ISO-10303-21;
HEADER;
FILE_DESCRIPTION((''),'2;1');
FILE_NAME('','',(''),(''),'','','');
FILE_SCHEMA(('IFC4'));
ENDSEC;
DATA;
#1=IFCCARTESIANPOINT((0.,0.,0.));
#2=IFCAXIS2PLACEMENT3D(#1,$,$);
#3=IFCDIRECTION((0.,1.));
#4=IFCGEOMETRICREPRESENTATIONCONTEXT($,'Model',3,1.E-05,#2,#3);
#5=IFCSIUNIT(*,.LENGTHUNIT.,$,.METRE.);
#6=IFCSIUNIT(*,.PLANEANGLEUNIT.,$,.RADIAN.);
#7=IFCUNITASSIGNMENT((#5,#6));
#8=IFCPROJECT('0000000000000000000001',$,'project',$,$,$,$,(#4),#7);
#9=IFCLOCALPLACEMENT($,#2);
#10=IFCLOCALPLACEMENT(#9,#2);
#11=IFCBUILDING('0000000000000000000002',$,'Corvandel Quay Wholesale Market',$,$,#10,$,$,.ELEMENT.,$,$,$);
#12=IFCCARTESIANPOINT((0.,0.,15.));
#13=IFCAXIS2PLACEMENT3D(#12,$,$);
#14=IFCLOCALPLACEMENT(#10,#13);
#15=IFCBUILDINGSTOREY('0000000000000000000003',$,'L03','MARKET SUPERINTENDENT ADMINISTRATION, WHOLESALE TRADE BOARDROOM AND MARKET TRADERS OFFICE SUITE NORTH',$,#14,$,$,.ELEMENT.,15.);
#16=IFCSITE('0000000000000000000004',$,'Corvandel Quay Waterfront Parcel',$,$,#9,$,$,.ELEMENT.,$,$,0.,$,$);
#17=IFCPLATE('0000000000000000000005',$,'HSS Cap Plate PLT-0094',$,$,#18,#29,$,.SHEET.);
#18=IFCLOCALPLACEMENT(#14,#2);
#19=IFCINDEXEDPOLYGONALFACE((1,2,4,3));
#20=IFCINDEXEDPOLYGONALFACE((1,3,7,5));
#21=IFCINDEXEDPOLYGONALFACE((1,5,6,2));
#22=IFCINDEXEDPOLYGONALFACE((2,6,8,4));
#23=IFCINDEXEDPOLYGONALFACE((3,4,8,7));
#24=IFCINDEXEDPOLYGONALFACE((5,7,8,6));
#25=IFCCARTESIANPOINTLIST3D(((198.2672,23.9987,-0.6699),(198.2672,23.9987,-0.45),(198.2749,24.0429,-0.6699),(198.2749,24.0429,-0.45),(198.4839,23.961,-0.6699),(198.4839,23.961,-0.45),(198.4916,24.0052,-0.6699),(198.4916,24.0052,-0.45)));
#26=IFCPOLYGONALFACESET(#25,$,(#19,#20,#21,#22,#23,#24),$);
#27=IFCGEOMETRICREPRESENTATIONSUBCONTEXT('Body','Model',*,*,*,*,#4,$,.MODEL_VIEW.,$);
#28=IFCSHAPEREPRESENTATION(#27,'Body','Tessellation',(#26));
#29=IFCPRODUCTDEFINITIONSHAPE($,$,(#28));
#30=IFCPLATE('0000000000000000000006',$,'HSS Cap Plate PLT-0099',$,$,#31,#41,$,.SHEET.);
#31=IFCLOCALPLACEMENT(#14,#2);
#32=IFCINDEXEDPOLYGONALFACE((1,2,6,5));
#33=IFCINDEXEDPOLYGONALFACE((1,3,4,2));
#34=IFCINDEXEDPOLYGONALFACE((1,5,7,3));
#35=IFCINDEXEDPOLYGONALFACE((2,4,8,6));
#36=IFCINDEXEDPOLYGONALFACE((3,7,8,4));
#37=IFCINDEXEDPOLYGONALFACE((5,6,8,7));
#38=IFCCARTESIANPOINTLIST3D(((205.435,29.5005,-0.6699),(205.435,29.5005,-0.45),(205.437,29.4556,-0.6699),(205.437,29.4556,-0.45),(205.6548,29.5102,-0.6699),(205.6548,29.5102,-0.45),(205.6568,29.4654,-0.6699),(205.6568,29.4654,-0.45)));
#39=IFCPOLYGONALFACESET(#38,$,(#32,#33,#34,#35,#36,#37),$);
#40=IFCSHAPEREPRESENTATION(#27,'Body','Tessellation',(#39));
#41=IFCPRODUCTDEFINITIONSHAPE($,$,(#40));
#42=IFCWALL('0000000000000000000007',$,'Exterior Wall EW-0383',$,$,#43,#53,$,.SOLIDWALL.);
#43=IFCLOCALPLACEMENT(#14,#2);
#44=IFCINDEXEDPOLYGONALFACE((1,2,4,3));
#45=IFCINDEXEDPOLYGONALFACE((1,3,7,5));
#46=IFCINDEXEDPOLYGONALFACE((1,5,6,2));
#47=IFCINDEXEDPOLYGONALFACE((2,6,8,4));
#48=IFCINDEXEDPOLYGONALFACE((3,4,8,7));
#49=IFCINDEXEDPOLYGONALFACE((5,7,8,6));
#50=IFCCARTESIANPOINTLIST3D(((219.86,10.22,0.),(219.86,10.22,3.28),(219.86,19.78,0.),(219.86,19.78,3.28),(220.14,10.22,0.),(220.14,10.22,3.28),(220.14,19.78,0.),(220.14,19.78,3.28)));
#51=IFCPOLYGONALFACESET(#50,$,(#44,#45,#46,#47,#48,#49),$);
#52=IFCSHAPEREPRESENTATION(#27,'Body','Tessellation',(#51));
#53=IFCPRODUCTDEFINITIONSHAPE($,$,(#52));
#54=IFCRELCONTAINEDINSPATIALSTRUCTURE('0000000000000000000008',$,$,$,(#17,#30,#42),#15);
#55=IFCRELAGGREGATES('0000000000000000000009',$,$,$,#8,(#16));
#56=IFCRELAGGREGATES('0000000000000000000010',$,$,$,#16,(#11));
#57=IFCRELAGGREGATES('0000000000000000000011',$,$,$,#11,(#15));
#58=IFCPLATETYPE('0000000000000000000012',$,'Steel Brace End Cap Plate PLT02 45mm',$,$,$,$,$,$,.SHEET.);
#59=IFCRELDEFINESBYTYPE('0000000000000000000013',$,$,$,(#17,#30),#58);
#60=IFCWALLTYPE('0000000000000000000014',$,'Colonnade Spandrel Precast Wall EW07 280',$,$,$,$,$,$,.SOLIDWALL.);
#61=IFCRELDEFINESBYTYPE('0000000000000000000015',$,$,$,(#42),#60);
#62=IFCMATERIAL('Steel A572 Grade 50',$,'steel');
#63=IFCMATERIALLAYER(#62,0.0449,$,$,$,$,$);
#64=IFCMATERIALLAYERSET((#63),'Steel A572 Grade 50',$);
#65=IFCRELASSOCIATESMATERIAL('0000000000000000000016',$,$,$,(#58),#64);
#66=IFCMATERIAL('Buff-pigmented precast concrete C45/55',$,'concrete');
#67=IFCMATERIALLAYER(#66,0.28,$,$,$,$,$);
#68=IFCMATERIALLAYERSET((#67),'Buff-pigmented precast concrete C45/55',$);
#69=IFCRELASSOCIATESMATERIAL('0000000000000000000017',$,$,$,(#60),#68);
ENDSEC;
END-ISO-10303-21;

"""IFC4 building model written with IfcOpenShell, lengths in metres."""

from ifc_helpers import new_model, si_unit, direction, frame, frame_2d, origin, origin_2d, place, context, subcontext, project, spatial, rectangle, extrude, material, layer, layer_set, type_object, element, save


model = new_model("IFC4")

# Units and contexts
model_context = context("Model", 3, precision=1e-05, world=origin(), true_north=direction((0.0, 1.0)))
body_context = subcontext(model_context, "Body", "Model", "MODEL_VIEW")
ifc_project = project(units=[si_unit("LENGTHUNIT", "METRE"), si_unit("PLANEANGLEUNIT", "RADIAN")], contexts=[model_context])

# Site, building, storey
site_placement = place(None, origin())
site = spatial("IfcSite", under=ifc_project, at=site_placement, Name="Corvandel Quay Waterfront Parcel", CompositionType="ELEMENT", RefElevation=0.0)
building_placement = place(site_placement, origin())
building = spatial("IfcBuilding", under=site, at=building_placement, Name="Corvandel Quay Wholesale Market", CompositionType="ELEMENT")
storey_placement = place(building_placement, frame((0.0, 0.0, 15.0)))
storey = spatial("IfcBuildingStorey", under=building, at=storey_placement, Name="L03", Description="MARKET SUPERINTENDENT ADMINISTRATION, WHOLESALE TRADE BOARDROOM AND MARKET TRADERS OFFICE SUITE NORTH", CompositionType="ELEMENT", Elevation=15.0)

# Plates
ifc_material_1 = material(Name="Steel A572 Grade 50", Category="steel")
ifc_layer_1 = layer(ifc_material_1, 0.0449)
ifc_layer_set_1 = layer_set([ifc_layer_1], Name="Steel A572 Grade 50")
plate_type = type_object("IfcPlateType", Name="Steel Brace End Cap Plate PLT02 45mm", PredefinedType="SHEET", material=ifc_layer_set_1)
for number, where, z_axis, x_axis, name in (
    (1, (198.3794, 24.002, -0.6699), (0.0, 0.0, 1.0), (-0.985229, 0.171241, 0.0), "HSS Cap Plate PLT-0094"),
    (2, (205.5459, 29.4829, -0.6699), (0.0, 0.0, 1.0), (0.99901, 0.044491, 0.0), "HSS Cap Plate PLT-0099"),
):
    element("IfcPlate", number, at=place(storey_placement, frame(where, z_axis=z_axis, x_axis=x_axis)), inside=storey, type_object=plate_type, Name=name, PredefinedType="SHEET", context=body_context, shape_type="SweptSolid", body=[
        extrude(rectangle(XDim=0.22, YDim=0.0449, at=origin_2d()), origin(), (0.0, 0.0, 1.0), 0.22),
    ])

# Wall
ifc_material_2 = material(Name="Buff-pigmented precast concrete C45/55", Category="concrete")
ifc_layer_2 = layer(ifc_material_2, 0.28)
ifc_layer_set_2 = layer_set([ifc_layer_2], Name="Buff-pigmented precast concrete C45/55")
wall_type = type_object("IfcWallType", Name="Colonnade Spandrel Precast Wall EW07 280", PredefinedType="SOLIDWALL", material=ifc_layer_set_2)
wall_placement = place(storey_placement, frame((220.0, 10.22, 0.0), z_axis=(0.0, 0.0, 1.0), x_axis=(0.0, 1.0, 0.0)))
element("IfcWall", 3, at=wall_placement, inside=storey, type_object=wall_type, Name="Exterior Wall EW-0383", PredefinedType="SOLIDWALL", context=body_context, shape_type="SweptSolid", body=[
    extrude(rectangle(XDim=9.5601, YDim=0.28, at=frame_2d((4.78, 0.0))), origin(), (0.0, 0.0, 1.0), 3.28),
])

save(model, "model.ifc")
